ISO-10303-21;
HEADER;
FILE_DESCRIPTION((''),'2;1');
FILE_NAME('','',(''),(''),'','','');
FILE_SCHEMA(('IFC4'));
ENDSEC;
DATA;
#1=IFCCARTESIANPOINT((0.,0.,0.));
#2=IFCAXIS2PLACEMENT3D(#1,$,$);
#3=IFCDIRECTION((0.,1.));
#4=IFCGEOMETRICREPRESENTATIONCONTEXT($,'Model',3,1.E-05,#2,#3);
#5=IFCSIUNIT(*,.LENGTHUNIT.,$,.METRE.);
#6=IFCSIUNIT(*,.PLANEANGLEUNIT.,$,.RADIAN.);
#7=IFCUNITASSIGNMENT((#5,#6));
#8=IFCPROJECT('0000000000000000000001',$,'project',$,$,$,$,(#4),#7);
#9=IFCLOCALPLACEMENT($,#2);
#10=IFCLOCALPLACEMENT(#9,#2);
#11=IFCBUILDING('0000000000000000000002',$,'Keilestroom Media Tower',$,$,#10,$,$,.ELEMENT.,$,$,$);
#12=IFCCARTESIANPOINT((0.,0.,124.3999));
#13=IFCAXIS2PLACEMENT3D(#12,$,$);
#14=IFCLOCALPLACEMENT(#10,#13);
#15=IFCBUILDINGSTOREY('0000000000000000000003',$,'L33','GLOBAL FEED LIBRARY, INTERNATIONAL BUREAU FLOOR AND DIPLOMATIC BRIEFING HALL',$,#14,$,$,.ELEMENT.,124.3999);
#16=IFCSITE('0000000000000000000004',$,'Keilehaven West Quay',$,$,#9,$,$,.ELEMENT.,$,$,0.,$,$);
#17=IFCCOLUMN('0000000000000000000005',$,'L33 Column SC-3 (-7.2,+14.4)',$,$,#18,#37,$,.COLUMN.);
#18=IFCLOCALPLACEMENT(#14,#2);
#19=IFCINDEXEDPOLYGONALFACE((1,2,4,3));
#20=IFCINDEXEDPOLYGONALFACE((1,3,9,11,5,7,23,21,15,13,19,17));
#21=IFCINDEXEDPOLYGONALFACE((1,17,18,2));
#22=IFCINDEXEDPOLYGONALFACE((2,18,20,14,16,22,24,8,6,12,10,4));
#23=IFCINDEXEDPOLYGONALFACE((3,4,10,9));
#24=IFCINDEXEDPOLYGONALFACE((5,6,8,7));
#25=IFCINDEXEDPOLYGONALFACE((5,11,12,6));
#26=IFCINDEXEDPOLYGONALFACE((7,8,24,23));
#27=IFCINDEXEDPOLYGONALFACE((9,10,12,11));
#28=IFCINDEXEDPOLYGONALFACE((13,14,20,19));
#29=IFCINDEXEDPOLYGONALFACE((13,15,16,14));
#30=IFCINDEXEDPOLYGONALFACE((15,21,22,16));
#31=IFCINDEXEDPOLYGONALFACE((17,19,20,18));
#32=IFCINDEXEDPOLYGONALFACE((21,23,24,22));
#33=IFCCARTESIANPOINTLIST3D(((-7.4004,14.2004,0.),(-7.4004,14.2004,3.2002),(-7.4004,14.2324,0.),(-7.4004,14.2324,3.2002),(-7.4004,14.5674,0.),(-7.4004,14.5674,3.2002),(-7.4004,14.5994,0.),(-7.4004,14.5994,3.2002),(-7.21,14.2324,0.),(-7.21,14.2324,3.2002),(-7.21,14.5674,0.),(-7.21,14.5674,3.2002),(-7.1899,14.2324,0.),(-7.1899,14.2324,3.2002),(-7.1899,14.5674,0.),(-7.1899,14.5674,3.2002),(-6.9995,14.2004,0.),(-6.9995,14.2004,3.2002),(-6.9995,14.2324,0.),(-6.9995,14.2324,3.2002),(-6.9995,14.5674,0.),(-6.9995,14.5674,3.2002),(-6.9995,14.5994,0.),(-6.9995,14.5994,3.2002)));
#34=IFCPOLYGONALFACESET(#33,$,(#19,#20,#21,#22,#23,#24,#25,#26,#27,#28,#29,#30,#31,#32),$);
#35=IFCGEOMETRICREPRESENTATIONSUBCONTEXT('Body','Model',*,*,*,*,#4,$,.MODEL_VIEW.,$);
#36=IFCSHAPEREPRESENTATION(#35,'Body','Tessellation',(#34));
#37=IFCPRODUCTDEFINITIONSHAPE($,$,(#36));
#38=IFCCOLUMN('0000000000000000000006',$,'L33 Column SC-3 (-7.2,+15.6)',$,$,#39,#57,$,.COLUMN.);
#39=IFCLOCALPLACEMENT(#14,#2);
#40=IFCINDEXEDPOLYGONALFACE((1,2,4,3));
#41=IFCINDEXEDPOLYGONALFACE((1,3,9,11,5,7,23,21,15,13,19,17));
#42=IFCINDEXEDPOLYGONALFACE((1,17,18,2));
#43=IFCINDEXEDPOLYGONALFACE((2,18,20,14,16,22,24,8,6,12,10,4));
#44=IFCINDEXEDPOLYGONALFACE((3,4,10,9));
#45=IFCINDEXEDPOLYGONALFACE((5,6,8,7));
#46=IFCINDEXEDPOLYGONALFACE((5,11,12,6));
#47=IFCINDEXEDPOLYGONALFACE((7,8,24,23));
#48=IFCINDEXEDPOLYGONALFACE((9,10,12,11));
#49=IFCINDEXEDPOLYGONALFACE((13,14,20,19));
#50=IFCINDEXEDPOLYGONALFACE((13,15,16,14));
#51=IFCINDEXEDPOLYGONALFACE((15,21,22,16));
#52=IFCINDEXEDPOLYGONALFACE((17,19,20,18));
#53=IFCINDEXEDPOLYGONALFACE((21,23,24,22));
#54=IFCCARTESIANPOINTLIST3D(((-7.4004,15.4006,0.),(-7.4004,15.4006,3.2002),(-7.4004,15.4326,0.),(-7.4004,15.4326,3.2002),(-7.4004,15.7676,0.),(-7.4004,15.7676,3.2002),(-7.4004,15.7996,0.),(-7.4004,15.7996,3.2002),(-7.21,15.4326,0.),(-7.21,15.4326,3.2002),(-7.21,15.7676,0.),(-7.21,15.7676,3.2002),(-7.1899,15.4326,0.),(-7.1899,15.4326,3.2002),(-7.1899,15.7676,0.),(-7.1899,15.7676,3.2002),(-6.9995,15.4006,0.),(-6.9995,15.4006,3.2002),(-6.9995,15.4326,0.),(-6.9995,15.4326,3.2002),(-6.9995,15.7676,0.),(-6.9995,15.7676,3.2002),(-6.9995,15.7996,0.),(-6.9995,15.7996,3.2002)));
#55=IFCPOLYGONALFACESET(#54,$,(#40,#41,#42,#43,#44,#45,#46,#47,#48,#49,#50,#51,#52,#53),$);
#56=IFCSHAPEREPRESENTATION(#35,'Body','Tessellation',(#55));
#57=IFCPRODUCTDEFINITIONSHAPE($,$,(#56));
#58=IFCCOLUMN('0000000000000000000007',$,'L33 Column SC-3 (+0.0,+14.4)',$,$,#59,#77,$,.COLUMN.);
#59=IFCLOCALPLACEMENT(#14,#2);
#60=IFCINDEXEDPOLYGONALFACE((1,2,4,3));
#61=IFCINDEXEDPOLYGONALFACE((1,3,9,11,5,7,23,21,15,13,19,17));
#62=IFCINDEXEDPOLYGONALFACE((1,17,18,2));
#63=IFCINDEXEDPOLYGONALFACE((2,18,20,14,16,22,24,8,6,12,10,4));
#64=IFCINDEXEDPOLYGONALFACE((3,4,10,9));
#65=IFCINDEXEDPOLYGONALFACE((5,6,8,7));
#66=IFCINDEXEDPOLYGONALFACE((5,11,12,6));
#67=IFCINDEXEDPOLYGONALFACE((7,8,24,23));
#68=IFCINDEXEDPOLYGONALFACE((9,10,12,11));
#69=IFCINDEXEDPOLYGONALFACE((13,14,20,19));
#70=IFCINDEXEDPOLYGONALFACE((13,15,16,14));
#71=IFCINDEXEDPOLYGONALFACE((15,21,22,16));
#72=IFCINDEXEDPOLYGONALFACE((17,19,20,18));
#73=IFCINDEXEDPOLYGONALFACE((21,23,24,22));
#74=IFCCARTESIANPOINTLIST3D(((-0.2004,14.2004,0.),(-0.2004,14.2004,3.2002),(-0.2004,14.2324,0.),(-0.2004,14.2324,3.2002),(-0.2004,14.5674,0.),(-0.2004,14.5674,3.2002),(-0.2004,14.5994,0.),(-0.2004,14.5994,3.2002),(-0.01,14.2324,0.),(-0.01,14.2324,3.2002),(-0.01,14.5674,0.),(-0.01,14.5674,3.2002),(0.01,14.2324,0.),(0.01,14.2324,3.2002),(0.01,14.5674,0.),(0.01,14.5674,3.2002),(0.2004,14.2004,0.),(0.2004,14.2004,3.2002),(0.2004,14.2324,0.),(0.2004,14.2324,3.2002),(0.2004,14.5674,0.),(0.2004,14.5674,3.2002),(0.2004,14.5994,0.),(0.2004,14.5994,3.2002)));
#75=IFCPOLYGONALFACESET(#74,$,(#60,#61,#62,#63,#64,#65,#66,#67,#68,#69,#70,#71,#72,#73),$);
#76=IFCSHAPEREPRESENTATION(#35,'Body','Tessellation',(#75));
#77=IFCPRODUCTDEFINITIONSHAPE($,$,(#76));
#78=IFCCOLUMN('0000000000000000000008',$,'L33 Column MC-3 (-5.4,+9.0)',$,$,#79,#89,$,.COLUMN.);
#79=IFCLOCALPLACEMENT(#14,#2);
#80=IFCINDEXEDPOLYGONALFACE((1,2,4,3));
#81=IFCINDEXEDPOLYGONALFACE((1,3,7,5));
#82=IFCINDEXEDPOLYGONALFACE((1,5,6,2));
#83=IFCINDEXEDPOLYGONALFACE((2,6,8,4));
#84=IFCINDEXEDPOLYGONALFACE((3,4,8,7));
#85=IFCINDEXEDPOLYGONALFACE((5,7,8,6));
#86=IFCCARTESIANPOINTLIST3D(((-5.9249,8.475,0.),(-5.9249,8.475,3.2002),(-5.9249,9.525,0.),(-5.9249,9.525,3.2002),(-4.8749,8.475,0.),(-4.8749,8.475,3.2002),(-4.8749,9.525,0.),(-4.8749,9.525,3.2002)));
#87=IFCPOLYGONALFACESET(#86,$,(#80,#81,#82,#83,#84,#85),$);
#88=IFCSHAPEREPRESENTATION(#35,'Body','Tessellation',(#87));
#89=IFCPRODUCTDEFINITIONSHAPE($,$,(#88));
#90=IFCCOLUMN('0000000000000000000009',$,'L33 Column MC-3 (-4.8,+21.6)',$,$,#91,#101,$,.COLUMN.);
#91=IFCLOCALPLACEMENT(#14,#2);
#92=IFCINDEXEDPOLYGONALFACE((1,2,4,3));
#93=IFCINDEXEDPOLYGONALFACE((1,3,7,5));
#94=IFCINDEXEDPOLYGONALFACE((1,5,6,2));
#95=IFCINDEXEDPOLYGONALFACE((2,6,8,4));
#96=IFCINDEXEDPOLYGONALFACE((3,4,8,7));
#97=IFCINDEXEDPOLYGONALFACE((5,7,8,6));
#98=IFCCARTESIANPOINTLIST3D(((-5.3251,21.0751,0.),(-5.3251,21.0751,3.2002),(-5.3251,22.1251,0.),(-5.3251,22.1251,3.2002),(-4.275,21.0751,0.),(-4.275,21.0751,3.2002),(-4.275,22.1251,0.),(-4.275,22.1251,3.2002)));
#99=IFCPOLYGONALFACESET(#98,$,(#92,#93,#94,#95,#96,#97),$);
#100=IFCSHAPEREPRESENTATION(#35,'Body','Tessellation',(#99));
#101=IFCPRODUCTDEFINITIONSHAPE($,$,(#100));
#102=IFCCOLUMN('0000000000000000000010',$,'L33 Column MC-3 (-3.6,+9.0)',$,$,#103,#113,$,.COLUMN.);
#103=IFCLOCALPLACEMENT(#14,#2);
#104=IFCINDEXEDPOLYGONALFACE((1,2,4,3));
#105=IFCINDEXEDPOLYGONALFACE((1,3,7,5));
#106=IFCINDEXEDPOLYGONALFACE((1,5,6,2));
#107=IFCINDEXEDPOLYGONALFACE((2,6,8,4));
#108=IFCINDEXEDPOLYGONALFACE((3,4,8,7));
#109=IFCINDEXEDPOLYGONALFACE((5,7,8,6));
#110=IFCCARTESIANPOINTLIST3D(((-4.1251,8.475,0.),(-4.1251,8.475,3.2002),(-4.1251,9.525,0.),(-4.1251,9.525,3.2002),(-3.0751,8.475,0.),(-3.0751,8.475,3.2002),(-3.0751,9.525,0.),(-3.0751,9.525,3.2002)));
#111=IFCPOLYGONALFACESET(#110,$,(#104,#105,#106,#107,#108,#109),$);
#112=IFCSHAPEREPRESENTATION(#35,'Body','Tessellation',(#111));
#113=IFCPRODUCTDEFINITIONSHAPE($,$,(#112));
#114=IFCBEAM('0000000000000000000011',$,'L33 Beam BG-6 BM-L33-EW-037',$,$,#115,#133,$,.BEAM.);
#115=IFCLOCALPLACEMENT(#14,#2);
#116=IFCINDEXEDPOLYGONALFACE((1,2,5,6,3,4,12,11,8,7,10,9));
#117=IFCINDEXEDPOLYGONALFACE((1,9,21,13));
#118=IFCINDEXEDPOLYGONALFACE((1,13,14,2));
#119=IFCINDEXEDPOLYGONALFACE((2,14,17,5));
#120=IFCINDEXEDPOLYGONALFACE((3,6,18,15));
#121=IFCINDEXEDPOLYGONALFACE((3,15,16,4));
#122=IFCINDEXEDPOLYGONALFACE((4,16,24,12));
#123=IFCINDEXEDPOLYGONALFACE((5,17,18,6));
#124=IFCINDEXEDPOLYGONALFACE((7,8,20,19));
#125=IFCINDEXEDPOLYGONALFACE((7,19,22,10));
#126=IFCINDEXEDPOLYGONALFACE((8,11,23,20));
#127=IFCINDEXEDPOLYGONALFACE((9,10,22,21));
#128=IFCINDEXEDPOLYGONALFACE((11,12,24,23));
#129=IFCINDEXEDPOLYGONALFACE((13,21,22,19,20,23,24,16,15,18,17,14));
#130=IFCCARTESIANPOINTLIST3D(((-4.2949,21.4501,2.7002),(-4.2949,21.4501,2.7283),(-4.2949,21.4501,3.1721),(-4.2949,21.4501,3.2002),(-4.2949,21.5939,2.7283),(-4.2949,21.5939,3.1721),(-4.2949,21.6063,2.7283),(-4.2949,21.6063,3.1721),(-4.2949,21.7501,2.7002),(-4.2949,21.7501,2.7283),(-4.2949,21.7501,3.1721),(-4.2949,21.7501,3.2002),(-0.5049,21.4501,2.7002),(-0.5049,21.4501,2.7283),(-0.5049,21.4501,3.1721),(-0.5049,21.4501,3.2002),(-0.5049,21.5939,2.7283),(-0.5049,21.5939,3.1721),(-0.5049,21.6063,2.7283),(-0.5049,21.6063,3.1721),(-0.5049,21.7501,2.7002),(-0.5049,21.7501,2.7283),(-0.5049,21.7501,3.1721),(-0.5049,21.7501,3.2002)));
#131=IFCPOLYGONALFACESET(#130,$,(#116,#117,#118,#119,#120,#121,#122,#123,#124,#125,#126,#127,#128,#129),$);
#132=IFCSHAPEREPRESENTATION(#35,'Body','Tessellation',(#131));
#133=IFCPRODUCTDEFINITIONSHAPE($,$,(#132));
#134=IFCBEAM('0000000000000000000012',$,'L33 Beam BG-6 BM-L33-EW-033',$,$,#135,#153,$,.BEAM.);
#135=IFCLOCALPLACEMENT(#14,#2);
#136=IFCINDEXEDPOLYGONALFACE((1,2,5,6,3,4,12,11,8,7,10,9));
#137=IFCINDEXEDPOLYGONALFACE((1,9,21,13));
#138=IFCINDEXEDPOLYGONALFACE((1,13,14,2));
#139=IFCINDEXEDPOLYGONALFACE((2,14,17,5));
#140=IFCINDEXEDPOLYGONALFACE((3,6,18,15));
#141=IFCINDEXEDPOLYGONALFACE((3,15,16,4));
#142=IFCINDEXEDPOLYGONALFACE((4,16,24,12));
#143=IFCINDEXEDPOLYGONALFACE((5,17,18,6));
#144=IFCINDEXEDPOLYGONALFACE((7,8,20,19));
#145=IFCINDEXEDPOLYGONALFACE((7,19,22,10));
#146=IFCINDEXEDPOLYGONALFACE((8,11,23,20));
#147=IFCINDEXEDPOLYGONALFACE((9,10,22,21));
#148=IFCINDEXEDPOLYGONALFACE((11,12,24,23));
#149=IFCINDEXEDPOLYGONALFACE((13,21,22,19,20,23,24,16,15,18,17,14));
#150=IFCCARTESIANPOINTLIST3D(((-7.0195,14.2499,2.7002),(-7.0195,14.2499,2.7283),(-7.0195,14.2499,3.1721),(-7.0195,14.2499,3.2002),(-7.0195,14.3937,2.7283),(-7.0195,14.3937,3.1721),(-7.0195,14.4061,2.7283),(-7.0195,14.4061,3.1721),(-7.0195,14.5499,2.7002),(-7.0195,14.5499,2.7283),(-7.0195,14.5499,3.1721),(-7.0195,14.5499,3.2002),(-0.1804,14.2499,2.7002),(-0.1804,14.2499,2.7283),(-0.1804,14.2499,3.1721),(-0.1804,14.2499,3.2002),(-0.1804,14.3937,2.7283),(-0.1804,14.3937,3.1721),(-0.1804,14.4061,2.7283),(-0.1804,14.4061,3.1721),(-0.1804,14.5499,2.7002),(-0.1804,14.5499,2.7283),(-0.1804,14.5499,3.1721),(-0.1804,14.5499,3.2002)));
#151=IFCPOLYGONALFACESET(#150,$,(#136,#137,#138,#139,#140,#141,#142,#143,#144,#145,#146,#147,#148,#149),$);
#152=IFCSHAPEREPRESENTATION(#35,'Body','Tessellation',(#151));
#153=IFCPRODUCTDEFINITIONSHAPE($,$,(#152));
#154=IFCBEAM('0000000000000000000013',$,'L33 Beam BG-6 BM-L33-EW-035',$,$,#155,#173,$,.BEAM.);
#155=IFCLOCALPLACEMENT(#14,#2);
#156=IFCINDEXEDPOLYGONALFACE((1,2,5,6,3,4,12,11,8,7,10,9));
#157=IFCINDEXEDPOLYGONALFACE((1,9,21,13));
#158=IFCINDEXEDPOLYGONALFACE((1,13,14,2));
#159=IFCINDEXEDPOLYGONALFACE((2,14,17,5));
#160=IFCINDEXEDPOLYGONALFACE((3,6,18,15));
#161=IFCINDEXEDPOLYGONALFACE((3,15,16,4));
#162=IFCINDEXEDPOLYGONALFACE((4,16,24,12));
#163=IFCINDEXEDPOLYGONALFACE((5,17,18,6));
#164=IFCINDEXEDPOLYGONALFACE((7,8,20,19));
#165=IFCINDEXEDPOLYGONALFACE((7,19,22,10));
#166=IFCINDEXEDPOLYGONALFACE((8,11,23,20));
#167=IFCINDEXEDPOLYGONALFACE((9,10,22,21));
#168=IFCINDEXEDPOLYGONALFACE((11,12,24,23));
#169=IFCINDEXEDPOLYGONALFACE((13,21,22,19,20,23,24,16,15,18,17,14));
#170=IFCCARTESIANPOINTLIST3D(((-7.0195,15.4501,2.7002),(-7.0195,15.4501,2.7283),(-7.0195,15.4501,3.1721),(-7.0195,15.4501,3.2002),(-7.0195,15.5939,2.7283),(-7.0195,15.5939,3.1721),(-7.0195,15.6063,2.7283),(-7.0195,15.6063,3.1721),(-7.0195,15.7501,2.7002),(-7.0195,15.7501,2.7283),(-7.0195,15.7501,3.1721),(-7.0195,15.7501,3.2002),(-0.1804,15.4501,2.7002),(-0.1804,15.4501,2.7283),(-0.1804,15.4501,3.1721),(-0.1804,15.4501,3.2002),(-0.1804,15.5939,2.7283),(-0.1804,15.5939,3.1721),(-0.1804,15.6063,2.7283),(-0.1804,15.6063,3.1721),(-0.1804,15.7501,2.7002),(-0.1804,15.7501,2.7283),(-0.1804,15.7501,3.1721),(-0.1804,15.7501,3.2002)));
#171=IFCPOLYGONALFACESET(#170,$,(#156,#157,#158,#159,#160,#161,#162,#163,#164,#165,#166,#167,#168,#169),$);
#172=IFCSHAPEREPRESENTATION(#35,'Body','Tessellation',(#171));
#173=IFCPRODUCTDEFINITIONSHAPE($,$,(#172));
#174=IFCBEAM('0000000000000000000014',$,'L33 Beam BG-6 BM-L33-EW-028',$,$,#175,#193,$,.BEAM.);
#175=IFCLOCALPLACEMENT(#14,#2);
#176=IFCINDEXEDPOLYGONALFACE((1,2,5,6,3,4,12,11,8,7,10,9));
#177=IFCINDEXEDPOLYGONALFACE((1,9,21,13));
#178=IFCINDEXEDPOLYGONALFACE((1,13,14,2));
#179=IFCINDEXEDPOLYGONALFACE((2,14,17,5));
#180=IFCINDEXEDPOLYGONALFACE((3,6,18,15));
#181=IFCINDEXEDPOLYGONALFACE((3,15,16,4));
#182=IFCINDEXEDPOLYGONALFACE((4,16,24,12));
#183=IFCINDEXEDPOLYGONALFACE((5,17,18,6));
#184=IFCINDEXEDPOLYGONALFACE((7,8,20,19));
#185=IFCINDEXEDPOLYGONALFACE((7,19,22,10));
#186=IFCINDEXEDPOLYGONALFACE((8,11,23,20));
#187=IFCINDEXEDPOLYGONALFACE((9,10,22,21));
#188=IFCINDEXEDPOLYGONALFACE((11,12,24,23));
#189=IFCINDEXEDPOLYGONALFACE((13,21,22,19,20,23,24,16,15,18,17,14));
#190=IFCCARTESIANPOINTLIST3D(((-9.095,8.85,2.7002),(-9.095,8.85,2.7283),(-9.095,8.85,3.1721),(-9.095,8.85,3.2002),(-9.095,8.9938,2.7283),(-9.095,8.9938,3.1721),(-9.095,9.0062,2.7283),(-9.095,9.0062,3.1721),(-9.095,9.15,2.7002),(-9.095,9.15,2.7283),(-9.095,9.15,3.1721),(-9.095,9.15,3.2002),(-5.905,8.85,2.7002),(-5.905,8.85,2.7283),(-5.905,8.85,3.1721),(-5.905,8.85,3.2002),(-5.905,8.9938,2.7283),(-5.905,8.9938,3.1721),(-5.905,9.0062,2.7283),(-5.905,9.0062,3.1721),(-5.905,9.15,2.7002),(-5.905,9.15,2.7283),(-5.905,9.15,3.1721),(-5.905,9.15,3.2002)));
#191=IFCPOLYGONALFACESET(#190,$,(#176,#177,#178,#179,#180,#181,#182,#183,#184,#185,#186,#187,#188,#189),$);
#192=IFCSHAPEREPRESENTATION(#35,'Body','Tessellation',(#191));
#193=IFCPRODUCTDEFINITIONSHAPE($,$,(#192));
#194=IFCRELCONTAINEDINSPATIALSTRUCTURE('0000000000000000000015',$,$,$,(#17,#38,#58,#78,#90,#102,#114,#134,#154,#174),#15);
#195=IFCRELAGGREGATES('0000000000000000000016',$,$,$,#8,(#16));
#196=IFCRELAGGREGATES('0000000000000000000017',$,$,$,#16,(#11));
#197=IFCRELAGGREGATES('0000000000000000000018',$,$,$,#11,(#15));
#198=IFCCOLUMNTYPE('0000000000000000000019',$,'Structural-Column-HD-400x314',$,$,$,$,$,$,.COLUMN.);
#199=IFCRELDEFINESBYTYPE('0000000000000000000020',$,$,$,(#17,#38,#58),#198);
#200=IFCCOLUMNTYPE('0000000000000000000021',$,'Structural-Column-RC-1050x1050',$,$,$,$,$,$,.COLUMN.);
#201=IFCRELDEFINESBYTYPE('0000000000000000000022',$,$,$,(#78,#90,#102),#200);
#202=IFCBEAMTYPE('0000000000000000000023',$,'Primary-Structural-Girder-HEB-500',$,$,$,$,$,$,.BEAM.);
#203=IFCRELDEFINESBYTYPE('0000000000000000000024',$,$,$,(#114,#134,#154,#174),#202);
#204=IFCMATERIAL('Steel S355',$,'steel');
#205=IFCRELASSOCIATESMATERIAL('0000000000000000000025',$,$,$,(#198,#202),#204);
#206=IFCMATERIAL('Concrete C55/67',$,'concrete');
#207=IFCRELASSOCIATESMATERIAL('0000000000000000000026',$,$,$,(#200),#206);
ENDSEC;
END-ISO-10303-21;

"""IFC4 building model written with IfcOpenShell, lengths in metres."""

from ifc_helpers import new_model, si_unit, direction, frame, origin, origin_2d, place, context, subcontext, project, spatial, rectangle, i_section, extrude, source, transform, mapped, material, material_profile, profile_set, type_object, element, save


model = new_model("IFC4")

# Units and contexts
model_context = context("Model", 3, precision=1e-05, world=origin(), true_north=direction((0.0, 1.0)))
body_context = subcontext(model_context, "Body", "Model", "MODEL_VIEW")
ifc_project = project(units=[si_unit("LENGTHUNIT", "METRE"), si_unit("PLANEANGLEUNIT", "RADIAN")], contexts=[model_context])

# Site, building, storey
site_placement = place(None, origin())
site = spatial("IfcSite", under=ifc_project, at=site_placement, Name="Keilehaven West Quay", CompositionType="ELEMENT", RefElevation=0.0)
building_placement = place(site_placement, origin())
building = spatial("IfcBuilding", under=site, at=building_placement, Name="Keilestroom Media Tower", CompositionType="ELEMENT")
storey_placement = place(building_placement, frame((0.0, 0.0, 124.3999)))
storey = spatial("IfcBuildingStorey", under=building, at=storey_placement, Name="L33", Description="GLOBAL FEED LIBRARY, INTERNATIONAL BUREAU FLOOR AND DIPLOMATIC BRIEFING HALL", CompositionType="ELEMENT", Elevation=124.3999)

# Columns
ifc_material_1 = material(Name="Steel S355", Category="steel")
ifc_material_profile_1 = material_profile(ifc_material_1, i_section(OverallWidth=0.4009, OverallDepth=0.3989, WebThickness=0.02, FlangeThickness=0.032, at=origin_2d()), Name="HD 400x314")
ifc_profile_set_1 = profile_set([ifc_material_profile_1], Name="Steel S355")
column_type_1 = type_object("IfcColumnType", Name="Structural-Column-HD-400x314", PredefinedType="COLUMN", material=ifc_profile_set_1)
shared_shape_1 = source(origin(), body_context, "Body", "SweptSolid", [
    extrude(i_section(OverallWidth=0.4009, OverallDepth=0.3989, WebThickness=0.02, FlangeThickness=0.032, at=origin_2d()), origin(), (0.0, 0.0, 1.0), 3.2002),
])
for number, where, z_axis, x_axis, name in (
    (1, (-7.2, 14.3999, 0.0), (0.0, 0.0, 1.0), (1.0, 0.0, 0.0), "L33 Column SC-3 (-7.2,+14.4)"),
    (2, (-7.2, 15.6001, 0.0), (0.0, 0.0, 1.0), (1.0, 0.0, 0.0), "L33 Column SC-3 (-7.2,+15.6)"),
    (3, (0.0, 14.3999, 0.0), (0.0, 0.0, 1.0), (1.0, 0.0, 0.0), "L33 Column SC-3 (+0.0,+14.4)"),
):
    element("IfcColumn", number, at=place(storey_placement, frame(where, z_axis=z_axis, x_axis=x_axis)), inside=storey, type_object=column_type_1, Name=name, PredefinedType="COLUMN", context=body_context, shape_type="MappedRepresentation", body=[
        mapped(shared_shape_1, transform((0.0, 0.0, 0.0), x_axis=(1.0, 0.0, 0.0), y_axis=(0.0, 1.0, 0.0), z_axis=(0.0, 0.0, 1.0), scale=1.0)),
    ])
ifc_material_2 = material(Name="Concrete C55/67", Category="concrete")
ifc_material_profile_2 = material_profile(ifc_material_2, rectangle(XDim=1.05, YDim=1.05, at=origin_2d()), Name="RC 1050x1050")
ifc_profile_set_2 = profile_set([ifc_material_profile_2], Name="Concrete C55/67")
column_type_2 = type_object("IfcColumnType", Name="Structural-Column-RC-1050x1050", PredefinedType="COLUMN", material=ifc_profile_set_2)
shared_shape_2 = source(origin(), body_context, "Body", "SweptSolid", [
    extrude(rectangle(XDim=1.05, YDim=1.05, at=origin_2d()), origin(), (0.0, 0.0, 1.0), 3.2002),
])
for number, where, z_axis, x_axis, name in (
    (4, (-5.3999, 9.0, 0.0), (0.0, 0.0, 1.0), (1.0, 0.0, 0.0), "L33 Column MC-3 (-5.4,+9.0)"),
    (5, (-4.8, 21.6001, 0.0), (0.0, 0.0, 1.0), (1.0, 0.0, 0.0), "L33 Column MC-3 (-4.8,+21.6)"),
    (6, (-3.6001, 9.0, 0.0), (0.0, 0.0, 1.0), (1.0, 0.0, 0.0), "L33 Column MC-3 (-3.6,+9.0)"),
):
    element("IfcColumn", number, at=place(storey_placement, frame(where, z_axis=z_axis, x_axis=x_axis)), inside=storey, type_object=column_type_2, Name=name, PredefinedType="COLUMN", context=body_context, shape_type="MappedRepresentation", body=[
        mapped(shared_shape_2, transform((0.0, 0.0, 0.0), x_axis=(1.0, 0.0, 0.0), y_axis=(0.0, 1.0, 0.0), z_axis=(0.0, 0.0, 1.0), scale=1.0)),
    ])

# Beams
ifc_material_profile_3 = material_profile(ifc_material_1, i_section(OverallWidth=0.3, OverallDepth=0.5, WebThickness=0.0125, FlangeThickness=0.0281, at=origin_2d()), Name="HEB 500")
ifc_profile_set_3 = profile_set([ifc_material_profile_3], Name="Steel S355")
beam_type = type_object("IfcBeamType", Name="Primary-Structural-Girder-HEB-500", PredefinedType="BEAM", material=ifc_profile_set_3)
shared_shape_3 = source(origin(), body_context, "Body", "SweptSolid", [
    extrude(i_section(OverallWidth=0.3, OverallDepth=0.5, WebThickness=0.0125, FlangeThickness=0.0281, at=origin_2d()), origin(), (0.0, 0.0, 1.0), 3.79),
])
beam_1_placement = place(storey_placement, frame((-4.2949, 21.6001, 2.9502), z_axis=(1.0, 0.0, 0.0), x_axis=(0.0, 1.0, 0.0)))
element("IfcBeam", 7, at=beam_1_placement, inside=storey, type_object=beam_type, Name="L33 Beam BG-6 BM-L33-EW-037", PredefinedType="BEAM", context=body_context, shape_type="MappedRepresentation", body=[
    mapped(shared_shape_3, transform((0.0, 0.0, 0.0), x_axis=(1.0, 0.0, 0.0), y_axis=(0.0, 1.0, 0.0), z_axis=(0.0, 0.0, 1.0), scale=1.0)),
])
shared_shape_4 = source(origin(), body_context, "Body", "SweptSolid", [
    extrude(i_section(OverallWidth=0.3, OverallDepth=0.5, WebThickness=0.0125, FlangeThickness=0.0281, at=origin_2d()), origin(), (0.0, 0.0, 1.0), 6.8391),
])
for number, where, z_axis, x_axis, name in (
    (8, (-7.0195, 14.3999, 2.9502), (1.0, 0.0, 0.0), (0.0, 1.0, 0.0), "L33 Beam BG-6 BM-L33-EW-033"),
    (9, (-7.0195, 15.6001, 2.9502), (1.0, 0.0, 0.0), (0.0, 1.0, 0.0), "L33 Beam BG-6 BM-L33-EW-035"),
):
    element("IfcBeam", number, at=place(storey_placement, frame(where, z_axis=z_axis, x_axis=x_axis)), inside=storey, type_object=beam_type, Name=name, PredefinedType="BEAM", context=body_context, shape_type="MappedRepresentation", body=[
        mapped(shared_shape_4, transform((0.0, 0.0, 0.0), x_axis=(1.0, 0.0, 0.0), y_axis=(0.0, 1.0, 0.0), z_axis=(0.0, 0.0, 1.0), scale=1.0)),
    ])
shared_shape_5 = source(origin(), body_context, "Body", "SweptSolid", [
    extrude(i_section(OverallWidth=0.3, OverallDepth=0.5, WebThickness=0.0125, FlangeThickness=0.0281, at=origin_2d()), origin(), (0.0, 0.0, 1.0), 3.1899),
])
beam_2_placement = place(storey_placement, frame((-9.095, 9.0, 2.9502), z_axis=(1.0, 0.0, 0.0), x_axis=(0.0, 1.0, 0.0)))
element("IfcBeam", 10, at=beam_2_placement, inside=storey, type_object=beam_type, Name="L33 Beam BG-6 BM-L33-EW-028", PredefinedType="BEAM", context=body_context, shape_type="MappedRepresentation", body=[
    mapped(shared_shape_5, transform((0.0, 0.0, 0.0), x_axis=(1.0, 0.0, 0.0), y_axis=(0.0, 1.0, 0.0), z_axis=(0.0, 0.0, 1.0), scale=1.0)),
])

save(model, "model.ifc")
